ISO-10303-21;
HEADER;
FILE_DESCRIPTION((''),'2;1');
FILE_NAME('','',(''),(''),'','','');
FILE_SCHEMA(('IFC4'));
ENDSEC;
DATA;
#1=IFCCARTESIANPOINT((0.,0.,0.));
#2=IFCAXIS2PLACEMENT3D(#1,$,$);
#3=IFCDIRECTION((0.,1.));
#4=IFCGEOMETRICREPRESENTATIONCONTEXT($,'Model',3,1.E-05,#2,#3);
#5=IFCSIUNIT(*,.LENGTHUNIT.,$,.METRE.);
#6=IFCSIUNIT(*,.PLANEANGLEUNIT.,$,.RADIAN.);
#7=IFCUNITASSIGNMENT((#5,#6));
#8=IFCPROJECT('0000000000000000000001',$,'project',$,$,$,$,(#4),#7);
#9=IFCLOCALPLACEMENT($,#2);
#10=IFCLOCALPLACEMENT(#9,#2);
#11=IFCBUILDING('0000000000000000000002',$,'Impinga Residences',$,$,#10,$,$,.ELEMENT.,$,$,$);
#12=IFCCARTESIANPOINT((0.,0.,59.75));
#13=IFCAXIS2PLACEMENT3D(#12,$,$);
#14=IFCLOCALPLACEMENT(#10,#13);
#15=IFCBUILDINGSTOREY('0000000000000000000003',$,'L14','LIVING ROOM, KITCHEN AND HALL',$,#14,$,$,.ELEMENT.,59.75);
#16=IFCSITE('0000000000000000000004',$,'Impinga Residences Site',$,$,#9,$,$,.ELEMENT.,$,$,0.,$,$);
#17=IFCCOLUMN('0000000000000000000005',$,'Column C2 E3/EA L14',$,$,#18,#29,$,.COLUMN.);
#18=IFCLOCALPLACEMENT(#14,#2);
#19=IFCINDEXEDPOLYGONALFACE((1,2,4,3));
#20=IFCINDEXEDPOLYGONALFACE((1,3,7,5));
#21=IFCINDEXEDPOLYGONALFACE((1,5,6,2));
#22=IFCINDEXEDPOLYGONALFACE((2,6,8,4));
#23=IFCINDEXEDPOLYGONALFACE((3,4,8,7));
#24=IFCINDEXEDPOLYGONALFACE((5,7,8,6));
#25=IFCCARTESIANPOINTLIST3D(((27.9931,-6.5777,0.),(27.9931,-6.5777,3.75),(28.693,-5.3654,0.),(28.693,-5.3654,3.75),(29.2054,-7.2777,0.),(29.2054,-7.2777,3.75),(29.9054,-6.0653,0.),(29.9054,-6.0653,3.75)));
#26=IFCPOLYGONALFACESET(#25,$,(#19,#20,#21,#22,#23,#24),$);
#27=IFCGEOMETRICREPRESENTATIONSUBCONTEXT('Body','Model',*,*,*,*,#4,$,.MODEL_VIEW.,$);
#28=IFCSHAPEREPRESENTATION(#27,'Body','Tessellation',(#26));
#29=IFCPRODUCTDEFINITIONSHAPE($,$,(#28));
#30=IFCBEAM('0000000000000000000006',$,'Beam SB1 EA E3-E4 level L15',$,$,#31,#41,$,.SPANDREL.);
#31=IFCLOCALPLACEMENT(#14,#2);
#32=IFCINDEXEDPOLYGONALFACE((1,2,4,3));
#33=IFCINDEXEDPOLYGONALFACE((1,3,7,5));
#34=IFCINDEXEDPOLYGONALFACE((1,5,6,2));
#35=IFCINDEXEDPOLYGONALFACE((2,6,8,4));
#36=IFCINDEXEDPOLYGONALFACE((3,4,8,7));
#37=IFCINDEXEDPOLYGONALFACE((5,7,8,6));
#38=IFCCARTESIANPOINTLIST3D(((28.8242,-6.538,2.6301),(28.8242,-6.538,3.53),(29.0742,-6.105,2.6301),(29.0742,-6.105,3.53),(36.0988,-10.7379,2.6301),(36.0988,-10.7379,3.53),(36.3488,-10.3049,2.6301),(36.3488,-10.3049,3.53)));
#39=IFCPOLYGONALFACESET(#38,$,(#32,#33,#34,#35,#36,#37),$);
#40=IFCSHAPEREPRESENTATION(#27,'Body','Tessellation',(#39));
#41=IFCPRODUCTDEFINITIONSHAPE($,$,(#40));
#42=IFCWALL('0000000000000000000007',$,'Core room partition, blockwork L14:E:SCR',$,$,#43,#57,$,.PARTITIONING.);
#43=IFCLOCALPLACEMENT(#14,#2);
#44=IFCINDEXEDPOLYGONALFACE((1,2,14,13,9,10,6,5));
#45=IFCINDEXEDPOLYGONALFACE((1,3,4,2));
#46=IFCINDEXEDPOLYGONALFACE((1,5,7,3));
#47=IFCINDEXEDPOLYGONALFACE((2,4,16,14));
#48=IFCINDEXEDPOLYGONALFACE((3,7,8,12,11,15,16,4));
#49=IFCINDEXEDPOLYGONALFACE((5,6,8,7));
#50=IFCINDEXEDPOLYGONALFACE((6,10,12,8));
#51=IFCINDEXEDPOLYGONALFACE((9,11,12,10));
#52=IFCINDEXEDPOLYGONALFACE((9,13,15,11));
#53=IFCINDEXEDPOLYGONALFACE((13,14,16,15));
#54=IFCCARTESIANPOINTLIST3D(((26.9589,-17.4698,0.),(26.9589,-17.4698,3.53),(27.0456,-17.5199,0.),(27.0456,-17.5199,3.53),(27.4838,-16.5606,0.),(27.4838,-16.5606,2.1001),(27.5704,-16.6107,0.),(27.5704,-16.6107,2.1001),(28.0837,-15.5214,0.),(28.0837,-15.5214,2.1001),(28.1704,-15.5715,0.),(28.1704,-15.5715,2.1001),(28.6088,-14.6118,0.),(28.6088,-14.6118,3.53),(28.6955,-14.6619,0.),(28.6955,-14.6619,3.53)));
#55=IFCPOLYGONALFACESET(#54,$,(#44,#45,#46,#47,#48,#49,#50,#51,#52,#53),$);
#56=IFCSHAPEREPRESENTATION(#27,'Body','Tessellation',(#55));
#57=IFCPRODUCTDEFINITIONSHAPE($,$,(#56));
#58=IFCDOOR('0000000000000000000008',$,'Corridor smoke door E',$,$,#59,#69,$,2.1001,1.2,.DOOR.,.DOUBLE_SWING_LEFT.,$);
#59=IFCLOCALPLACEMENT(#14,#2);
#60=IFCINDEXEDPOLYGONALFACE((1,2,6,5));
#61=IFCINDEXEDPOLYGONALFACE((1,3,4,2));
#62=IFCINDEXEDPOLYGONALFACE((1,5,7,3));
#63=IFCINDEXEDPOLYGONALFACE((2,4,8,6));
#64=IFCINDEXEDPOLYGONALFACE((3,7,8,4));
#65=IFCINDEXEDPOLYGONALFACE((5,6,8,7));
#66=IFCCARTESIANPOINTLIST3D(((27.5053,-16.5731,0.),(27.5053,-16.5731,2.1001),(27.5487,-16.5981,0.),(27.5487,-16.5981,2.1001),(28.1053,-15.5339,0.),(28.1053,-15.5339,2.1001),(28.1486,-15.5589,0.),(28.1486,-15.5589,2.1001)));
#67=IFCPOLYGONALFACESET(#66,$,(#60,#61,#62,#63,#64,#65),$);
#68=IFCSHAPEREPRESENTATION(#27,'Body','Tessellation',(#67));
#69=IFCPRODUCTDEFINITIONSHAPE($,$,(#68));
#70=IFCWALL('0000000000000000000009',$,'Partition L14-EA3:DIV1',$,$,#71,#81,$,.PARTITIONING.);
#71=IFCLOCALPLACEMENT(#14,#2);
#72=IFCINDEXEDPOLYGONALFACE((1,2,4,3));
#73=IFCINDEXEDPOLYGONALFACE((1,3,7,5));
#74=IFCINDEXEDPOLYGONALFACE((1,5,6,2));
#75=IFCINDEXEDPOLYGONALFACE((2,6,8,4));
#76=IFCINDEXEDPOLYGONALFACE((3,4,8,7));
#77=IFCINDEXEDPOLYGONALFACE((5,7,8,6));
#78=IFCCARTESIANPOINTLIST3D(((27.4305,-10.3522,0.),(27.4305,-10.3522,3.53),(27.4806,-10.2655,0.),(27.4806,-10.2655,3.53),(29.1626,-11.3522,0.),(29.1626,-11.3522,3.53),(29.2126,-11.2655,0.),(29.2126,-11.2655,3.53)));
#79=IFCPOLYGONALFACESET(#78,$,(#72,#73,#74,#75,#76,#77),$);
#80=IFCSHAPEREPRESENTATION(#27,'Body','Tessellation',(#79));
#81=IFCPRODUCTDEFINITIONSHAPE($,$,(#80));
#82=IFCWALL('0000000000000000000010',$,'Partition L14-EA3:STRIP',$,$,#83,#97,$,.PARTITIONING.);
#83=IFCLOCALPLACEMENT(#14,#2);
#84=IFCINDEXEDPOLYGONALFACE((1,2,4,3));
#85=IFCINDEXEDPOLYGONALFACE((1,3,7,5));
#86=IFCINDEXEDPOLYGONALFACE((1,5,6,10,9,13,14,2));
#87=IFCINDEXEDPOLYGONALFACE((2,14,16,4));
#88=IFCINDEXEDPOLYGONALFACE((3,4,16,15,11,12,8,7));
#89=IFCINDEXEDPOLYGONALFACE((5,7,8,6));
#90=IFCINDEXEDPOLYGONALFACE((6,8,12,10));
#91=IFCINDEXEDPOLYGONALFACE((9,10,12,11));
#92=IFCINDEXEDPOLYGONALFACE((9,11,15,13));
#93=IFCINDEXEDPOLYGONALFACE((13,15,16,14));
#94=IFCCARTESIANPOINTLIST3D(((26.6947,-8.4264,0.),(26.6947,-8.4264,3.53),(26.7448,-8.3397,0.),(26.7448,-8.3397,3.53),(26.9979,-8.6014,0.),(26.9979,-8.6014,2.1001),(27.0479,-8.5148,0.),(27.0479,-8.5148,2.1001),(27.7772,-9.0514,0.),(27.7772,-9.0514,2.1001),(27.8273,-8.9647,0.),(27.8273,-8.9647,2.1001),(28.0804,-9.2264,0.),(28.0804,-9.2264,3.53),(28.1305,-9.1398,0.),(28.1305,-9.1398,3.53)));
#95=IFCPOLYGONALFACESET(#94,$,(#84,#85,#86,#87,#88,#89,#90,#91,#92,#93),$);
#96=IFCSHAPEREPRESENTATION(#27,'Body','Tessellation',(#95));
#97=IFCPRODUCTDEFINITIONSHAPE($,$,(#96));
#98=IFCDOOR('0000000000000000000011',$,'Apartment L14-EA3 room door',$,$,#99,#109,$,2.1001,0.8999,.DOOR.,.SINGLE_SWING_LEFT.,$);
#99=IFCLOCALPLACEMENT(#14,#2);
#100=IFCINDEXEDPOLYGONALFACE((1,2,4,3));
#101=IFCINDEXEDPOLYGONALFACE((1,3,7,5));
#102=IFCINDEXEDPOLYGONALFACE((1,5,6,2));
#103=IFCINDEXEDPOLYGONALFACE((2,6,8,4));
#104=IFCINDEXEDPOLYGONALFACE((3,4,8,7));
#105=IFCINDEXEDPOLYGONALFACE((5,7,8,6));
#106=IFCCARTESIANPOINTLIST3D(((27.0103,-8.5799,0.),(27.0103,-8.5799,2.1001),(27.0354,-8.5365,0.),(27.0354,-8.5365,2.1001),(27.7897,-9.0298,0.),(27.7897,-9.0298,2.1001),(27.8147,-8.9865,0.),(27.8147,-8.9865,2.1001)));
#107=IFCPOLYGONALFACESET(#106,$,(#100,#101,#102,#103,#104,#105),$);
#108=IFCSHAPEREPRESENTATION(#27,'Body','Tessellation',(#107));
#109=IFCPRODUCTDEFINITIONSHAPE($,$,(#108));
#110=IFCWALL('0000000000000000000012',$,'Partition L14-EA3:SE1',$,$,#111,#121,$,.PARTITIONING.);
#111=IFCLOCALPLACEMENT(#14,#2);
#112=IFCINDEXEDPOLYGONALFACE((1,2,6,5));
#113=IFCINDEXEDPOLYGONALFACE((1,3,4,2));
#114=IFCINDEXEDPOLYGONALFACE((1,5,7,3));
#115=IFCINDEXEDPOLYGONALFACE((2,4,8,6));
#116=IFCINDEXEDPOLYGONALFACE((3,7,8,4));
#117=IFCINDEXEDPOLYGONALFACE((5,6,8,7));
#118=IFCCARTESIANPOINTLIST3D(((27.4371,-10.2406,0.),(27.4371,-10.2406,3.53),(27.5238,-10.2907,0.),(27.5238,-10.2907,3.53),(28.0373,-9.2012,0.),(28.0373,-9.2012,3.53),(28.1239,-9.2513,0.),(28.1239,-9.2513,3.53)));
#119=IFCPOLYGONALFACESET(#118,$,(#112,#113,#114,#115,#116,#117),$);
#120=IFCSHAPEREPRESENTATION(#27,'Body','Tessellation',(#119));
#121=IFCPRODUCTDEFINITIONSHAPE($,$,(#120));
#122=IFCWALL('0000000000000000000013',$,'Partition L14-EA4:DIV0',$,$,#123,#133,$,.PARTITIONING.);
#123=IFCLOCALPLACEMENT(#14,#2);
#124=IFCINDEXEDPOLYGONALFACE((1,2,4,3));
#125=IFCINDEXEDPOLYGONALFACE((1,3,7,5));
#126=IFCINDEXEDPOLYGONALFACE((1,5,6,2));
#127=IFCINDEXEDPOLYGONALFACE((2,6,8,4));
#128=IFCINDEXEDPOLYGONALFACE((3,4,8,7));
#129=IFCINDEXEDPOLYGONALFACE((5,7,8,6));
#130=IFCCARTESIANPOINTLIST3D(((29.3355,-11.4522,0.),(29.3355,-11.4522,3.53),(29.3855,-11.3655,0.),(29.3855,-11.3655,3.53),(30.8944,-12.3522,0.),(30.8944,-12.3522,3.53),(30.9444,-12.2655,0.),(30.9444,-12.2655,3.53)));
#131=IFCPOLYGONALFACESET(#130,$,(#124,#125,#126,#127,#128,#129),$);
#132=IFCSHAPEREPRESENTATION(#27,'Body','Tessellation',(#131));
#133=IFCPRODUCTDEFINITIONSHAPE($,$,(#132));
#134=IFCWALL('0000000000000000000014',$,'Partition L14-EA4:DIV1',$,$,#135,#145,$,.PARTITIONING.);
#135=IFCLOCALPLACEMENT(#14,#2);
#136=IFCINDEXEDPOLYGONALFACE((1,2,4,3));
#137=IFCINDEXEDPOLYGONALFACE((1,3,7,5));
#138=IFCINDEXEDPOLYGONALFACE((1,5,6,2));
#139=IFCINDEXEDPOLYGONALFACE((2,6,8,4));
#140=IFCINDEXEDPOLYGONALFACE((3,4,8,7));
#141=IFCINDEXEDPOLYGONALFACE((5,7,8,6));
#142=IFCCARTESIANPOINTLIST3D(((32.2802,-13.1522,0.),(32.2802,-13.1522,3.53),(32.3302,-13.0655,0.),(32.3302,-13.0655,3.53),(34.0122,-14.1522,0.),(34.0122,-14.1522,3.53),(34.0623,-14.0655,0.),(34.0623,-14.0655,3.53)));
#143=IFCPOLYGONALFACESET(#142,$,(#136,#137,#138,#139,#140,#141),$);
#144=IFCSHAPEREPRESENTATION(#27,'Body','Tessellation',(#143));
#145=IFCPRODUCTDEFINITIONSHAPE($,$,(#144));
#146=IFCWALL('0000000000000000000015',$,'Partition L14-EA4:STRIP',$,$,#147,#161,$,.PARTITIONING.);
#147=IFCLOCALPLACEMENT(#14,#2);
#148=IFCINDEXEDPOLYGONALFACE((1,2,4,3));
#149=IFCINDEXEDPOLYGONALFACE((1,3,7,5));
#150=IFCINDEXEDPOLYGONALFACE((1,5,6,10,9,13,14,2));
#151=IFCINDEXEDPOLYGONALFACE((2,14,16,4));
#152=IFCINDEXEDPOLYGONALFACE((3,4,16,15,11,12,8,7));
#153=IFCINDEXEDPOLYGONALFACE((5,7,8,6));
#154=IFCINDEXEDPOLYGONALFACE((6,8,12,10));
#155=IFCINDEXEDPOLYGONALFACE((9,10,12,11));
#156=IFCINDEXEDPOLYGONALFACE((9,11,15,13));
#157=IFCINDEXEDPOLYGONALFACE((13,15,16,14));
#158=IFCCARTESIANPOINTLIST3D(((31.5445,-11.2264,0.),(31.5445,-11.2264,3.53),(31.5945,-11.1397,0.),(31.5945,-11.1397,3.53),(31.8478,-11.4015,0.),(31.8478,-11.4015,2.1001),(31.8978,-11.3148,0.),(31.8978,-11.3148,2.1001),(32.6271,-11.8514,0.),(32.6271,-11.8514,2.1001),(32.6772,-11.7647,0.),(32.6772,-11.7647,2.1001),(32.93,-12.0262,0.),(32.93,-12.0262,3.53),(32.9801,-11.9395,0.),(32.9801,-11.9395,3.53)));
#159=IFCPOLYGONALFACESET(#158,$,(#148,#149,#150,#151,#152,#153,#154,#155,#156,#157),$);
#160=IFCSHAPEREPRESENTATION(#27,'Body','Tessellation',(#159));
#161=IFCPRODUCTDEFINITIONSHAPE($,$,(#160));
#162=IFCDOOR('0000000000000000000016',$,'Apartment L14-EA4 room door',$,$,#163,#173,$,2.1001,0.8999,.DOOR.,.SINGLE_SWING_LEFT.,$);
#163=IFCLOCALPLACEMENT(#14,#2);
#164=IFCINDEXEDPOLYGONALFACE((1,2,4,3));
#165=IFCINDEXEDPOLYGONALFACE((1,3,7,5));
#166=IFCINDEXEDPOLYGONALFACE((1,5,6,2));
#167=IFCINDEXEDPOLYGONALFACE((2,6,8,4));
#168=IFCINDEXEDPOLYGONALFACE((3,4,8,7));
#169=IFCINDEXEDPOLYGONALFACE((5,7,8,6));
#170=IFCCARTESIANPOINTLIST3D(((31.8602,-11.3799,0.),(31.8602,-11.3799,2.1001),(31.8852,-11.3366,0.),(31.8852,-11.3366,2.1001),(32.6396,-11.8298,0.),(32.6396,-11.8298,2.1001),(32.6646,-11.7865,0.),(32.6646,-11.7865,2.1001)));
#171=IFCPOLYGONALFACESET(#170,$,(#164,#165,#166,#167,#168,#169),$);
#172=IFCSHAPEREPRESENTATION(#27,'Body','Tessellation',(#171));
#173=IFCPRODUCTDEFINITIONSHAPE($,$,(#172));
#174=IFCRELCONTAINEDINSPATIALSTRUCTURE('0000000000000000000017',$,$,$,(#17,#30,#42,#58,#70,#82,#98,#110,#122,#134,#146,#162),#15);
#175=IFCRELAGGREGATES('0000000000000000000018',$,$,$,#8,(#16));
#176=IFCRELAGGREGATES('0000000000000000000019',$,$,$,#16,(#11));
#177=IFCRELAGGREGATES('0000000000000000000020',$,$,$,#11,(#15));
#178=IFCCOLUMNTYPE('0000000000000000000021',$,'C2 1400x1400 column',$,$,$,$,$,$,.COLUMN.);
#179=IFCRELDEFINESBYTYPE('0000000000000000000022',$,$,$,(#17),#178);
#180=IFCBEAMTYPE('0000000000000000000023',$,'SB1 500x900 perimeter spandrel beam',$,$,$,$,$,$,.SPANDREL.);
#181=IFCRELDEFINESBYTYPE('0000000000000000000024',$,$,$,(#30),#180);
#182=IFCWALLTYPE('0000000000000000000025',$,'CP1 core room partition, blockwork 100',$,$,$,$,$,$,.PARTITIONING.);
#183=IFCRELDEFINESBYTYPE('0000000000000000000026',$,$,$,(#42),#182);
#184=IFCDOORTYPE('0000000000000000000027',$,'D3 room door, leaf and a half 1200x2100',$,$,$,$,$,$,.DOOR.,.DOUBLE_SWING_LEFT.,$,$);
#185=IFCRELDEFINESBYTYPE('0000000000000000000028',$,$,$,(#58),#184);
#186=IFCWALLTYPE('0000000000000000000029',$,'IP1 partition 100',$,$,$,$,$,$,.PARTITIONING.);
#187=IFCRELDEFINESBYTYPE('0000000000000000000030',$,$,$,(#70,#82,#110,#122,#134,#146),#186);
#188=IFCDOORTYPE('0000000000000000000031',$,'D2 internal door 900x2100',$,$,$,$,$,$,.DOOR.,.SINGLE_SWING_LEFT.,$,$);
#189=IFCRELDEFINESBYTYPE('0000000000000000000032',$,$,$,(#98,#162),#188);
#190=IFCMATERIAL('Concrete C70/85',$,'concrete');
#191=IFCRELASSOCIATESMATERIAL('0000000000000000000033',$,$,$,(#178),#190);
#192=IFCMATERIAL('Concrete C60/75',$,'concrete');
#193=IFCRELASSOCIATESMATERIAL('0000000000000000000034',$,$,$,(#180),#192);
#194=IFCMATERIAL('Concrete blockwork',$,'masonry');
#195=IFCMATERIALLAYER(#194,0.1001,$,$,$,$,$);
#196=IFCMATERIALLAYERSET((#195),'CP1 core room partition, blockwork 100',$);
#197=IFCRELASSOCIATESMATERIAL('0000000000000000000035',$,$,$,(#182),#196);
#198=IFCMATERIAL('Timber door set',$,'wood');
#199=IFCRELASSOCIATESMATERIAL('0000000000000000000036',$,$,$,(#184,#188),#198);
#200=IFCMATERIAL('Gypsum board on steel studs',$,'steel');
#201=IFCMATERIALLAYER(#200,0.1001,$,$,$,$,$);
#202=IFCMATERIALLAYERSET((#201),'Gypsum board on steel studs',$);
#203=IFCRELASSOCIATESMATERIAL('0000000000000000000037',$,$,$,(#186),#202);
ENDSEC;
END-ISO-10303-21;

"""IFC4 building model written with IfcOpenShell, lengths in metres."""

from ifc_helpers import new_model, si_unit, direction, frame, frame_2d, origin, origin_2d, place, context, subcontext, project, spatial, rectangle, extrude, material, layer, layer_set, material_profile, profile_set, type_object, element, fill, save


model = new_model("IFC4")

# Units and contexts
model_context = context("Model", 3, precision=1e-05, world=origin(), true_north=direction((0.0, 1.0)))
body_context = subcontext(model_context, "Body", "Model", "MODEL_VIEW")
ifc_project = project(units=[si_unit("LENGTHUNIT", "METRE"), si_unit("PLANEANGLEUNIT", "RADIAN")], contexts=[model_context])

# Site, building, storey
site_placement = place(None, origin())
site = spatial("IfcSite", under=ifc_project, at=site_placement, Name="Impinga Residences Site", CompositionType="ELEMENT", RefElevation=0.0)
building_placement = place(site_placement, origin())
building = spatial("IfcBuilding", under=site, at=building_placement, Name="Impinga Residences", CompositionType="ELEMENT")
storey_placement = place(building_placement, frame((0.0, 0.0, 59.75)))
storey = spatial("IfcBuildingStorey", under=building, at=storey_placement, Name="L14", Description="LIVING ROOM, KITCHEN AND HALL", CompositionType="ELEMENT", Elevation=59.75)

# Column
ifc_material_1 = material(Name="Concrete C70/85", Category="concrete")
ifc_material_profile_1 = material_profile(ifc_material_1, rectangle(XDim=1.3999, YDim=1.3999, at=origin_2d()), Name="RC 1400x1400")
ifc_profile_set_1 = profile_set([ifc_material_profile_1], Name="Concrete C70/85")
column_type = type_object("IfcColumnType", Name="C2 1400x1400 column", PredefinedType="COLUMN", material=ifc_profile_set_1)
column_placement = place(storey_placement, frame((28.9492, -6.3215, 0.0), z_axis=(0.0, 0.0, 1.0), x_axis=(-0.5, -0.866025, 0.0)))
element("IfcColumn", 1, at=column_placement, inside=storey, type_object=column_type, Name="Column C2 E3/EA L14", PredefinedType="COLUMN", context=body_context, shape_type="SweptSolid", body=[
    extrude(rectangle(XDim=1.3999, YDim=1.3999, at=origin_2d()), origin(), (0.0, 0.0, 1.0), 3.75),
])

# Beam
ifc_material_2 = material(Name="Concrete C60/75", Category="concrete")
ifc_material_profile_2 = material_profile(ifc_material_2, rectangle(XDim=0.5, YDim=0.8999, at=origin_2d()), Name="RC 500x900")
ifc_profile_set_2 = profile_set([ifc_material_profile_2], Name="Concrete C60/75")
beam_type = type_object("IfcBeamType", Name="SB1 500x900 perimeter spandrel beam", PredefinedType="SPANDREL", material=ifc_profile_set_2)
beam_placement = place(storey_placement, frame((28.9492, -6.3215, 3.0801), z_axis=(0.866029, -0.499993, 0.0), x_axis=(0.499993, 0.866029, 0.0)))
element("IfcBeam", 2, at=beam_placement, inside=storey, type_object=beam_type, Name="Beam SB1 EA E3-E4 level L15", PredefinedType="SPANDREL", context=body_context, shape_type="SweptSolid", body=[
    extrude(rectangle(XDim=0.5, YDim=0.8999, at=origin_2d()), origin(), (0.0, 0.0, 1.0), 8.3999),
])

# Wall, opening, door
ifc_material_3 = material(Name="Concrete blockwork", Category="masonry")
ifc_layer_1 = layer(ifc_material_3, 0.1001)
ifc_layer_set_1 = layer_set([ifc_layer_1], Name="CP1 core room partition, blockwork 100")
wall_type_1 = type_object("IfcWallType", Name="CP1 core room partition, blockwork 100", PredefinedType="PARTITIONING", material=ifc_layer_set_1)
wall_1_placement = place(storey_placement, frame((28.6521, -14.637, 0.0), z_axis=(0.0, 0.0, 1.0), x_axis=(-0.499974, -0.86604, 0.0)))
wall_1 = element("IfcWall", 3, at=wall_1_placement, inside=storey, type_object=wall_type_1, Name="Core room partition, blockwork L14:E:SCR", PredefinedType="PARTITIONING", context=body_context, shape_type="SweptSolid", body=[
    extrude(rectangle(XDim=3.3, YDim=0.1001, at=frame_2d((1.6499, 0.0))), origin(), (0.0, 0.0, 1.0), 3.53),
])
opening_1_placement = place(wall_1_placement, frame((1.05, 0.0, 0.0)))
opening_1 = element("IfcOpeningElement", 4, at=opening_1_placement, cuts=wall_1, PredefinedType="OPENING", context=body_context, shape_type="SweptSolid", body=[
    extrude(rectangle(XDim=1.2, YDim=2.1001, at=frame_2d((0.6001, 1.05))), frame((0.0, 0.0601, 0.0), z_axis=(0.0, -1.0, 0.0), x_axis=(1.0, 0.0, 0.0)), (0.0, 0.0, 1.0), 0.1201),
])
ifc_material_4 = material(Name="Timber door set", Category="wood")
door_type_1 = type_object("IfcDoorType", Name="D3 room door, leaf and a half 1200x2100", OperationType="DOUBLE_SWING_LEFT", PredefinedType="DOOR", material=ifc_material_4)
door_1_placement = place(opening_1_placement, origin())
door_1 = element("IfcDoor", 5, at=door_1_placement, inside=storey, type_object=door_type_1, Name="Corridor smoke door E", OperationType="DOUBLE_SWING_LEFT", OverallHeight=2.1001, OverallWidth=1.2, PredefinedType="DOOR", context=body_context, shape_type="SweptSolid", body=[
    extrude(rectangle(XDim=1.2, YDim=2.1001, at=frame_2d((0.6001, 1.05))), frame((0.0, 0.0249, 0.0), z_axis=(0.0, -1.0, 0.0), x_axis=(1.0, 0.0, 0.0)), (0.0, 0.0, 1.0), 0.05),
])
fill(opening_1, door_1)

# Wall
ifc_material_5 = material(Name="Gypsum board on steel studs", Category="steel")
ifc_layer_2 = layer(ifc_material_5, 0.1001)
ifc_layer_set_2 = layer_set([ifc_layer_2], Name="Gypsum board on steel studs")
wall_type_2 = type_object("IfcWallType", Name="IP1 partition 100", PredefinedType="PARTITIONING", material=ifc_layer_set_2)
wall_2_placement = place(storey_placement, frame((27.4556, -10.3088, 0.0), z_axis=(0.0, 0.0, 1.0), x_axis=(0.866011, -0.500025, 0.0)))
element("IfcWall", 6, at=wall_2_placement, inside=storey, type_object=wall_type_2, Name="Partition L14-EA3:DIV1", PredefinedType="PARTITIONING", context=body_context, shape_type="SweptSolid", body=[
    extrude(rectangle(XDim=2.0, YDim=0.1001, at=frame_2d((1.0, 0.0))), origin(), (0.0, 0.0, 1.0), 3.53),
])

# Wall, opening, door
wall_3_placement = place(storey_placement, frame((26.7197, -8.3831, 0.0), z_axis=(0.0, 0.0, 1.0), x_axis=(0.866028, -0.499995, 0.0)))
wall_3 = element("IfcWall", 7, at=wall_3_placement, inside=storey, type_object=wall_type_2, Name="Partition L14-EA3:STRIP", PredefinedType="PARTITIONING", context=body_context, shape_type="SweptSolid", body=[
    extrude(rectangle(XDim=1.6001, YDim=0.1001, at=frame_2d((0.8, 0.0))), origin(), (0.0, 0.0, 1.0), 3.53),
])
opening_2_placement = place(wall_3_placement, frame((0.3501, 0.0, 0.0)))
opening_2 = element("IfcOpeningElement", 8, at=opening_2_placement, cuts=wall_3, PredefinedType="OPENING", context=body_context, shape_type="SweptSolid", body=[
    extrude(rectangle(XDim=0.8999, YDim=2.1001, at=frame_2d((0.45, 1.05))), frame((0.0, 0.0601, 0.0), z_axis=(0.0, -1.0, 0.0), x_axis=(1.0, 0.0, 0.0)), (0.0, 0.0, 1.0), 0.1201),
])
door_type_2 = type_object("IfcDoorType", Name="D2 internal door 900x2100", OperationType="SINGLE_SWING_LEFT", PredefinedType="DOOR", material=ifc_material_4)
door_2_placement = place(opening_2_placement, origin())
door_2 = element("IfcDoor", 9, at=door_2_placement, inside=storey, type_object=door_type_2, Name="Apartment L14-EA3 room door", OperationType="SINGLE_SWING_LEFT", OverallHeight=2.1001, OverallWidth=0.8999, PredefinedType="DOOR", context=body_context, shape_type="SweptSolid", body=[
    extrude(rectangle(XDim=0.8999, YDim=2.1001, at=frame_2d((0.45, 1.05))), frame((0.0, 0.0249, 0.0), z_axis=(0.0, -1.0, 0.0), x_axis=(1.0, 0.0, 0.0)), (0.0, 0.0, 1.0), 0.05),
])
fill(opening_2, door_2)

# Walls
wall_4_placement = place(storey_placement, frame((27.4805, -10.2656, 0.0), z_axis=(0.0, 0.0, 1.0), x_axis=(0.500034, 0.866006, 0.0)))
element("IfcWall", 10, at=wall_4_placement, inside=storey, type_object=wall_type_2, Name="Partition L14-EA3:SE1", PredefinedType="PARTITIONING", context=body_context, shape_type="SweptSolid", body=[
    extrude(rectangle(XDim=1.2002, YDim=0.1001, at=frame_2d((0.6001, 0.0))), origin(), (0.0, 0.0, 1.0), 3.53),
])
wall_5_placement = place(storey_placement, frame((29.3606, -11.4089, 0.0), z_axis=(0.0, 0.0, 1.0), x_axis=(0.866048, -0.499961, 0.0)))
element("IfcWall", 11, at=wall_5_placement, inside=storey, type_object=wall_type_2, Name="Partition L14-EA4:DIV0", PredefinedType="PARTITIONING", context=body_context, shape_type="SweptSolid", body=[
    extrude(rectangle(XDim=1.8, YDim=0.1001, at=frame_2d((0.8999, 0.0))), origin(), (0.0, 0.0, 1.0), 3.53),
])
wall_6_placement = place(storey_placement, frame((32.3052, -13.1089, 0.0), z_axis=(0.0, 0.0, 1.0), x_axis=(0.866041, -0.499973, 0.0)))
element("IfcWall", 12, at=wall_6_placement, inside=storey, type_object=wall_type_2, Name="Partition L14-EA4:DIV1", PredefinedType="PARTITIONING", context=body_context, shape_type="SweptSolid", body=[
    extrude(rectangle(XDim=2.0, YDim=0.1001, at=frame_2d((1.0, 0.0))), origin(), (0.0, 0.0, 1.0), 3.53),
])

# Wall, opening, door
wall_7_placement = place(storey_placement, frame((31.5696, -11.1831, 0.0), z_axis=(0.0, 0.0, 1.0), x_axis=(0.866056, -0.499947, 0.0)))
wall_7 = element("IfcWall", 13, at=wall_7_placement, inside=storey, type_object=wall_type_2, Name="Partition L14-EA4:STRIP", PredefinedType="PARTITIONING", context=body_context, shape_type="SweptSolid", body=[
    extrude(rectangle(XDim=1.5999, YDim=0.1001, at=frame_2d((0.7998, 0.0))), origin(), (0.0, 0.0, 1.0), 3.53),
])
opening_3_placement = place(wall_7_placement, frame((0.3501, 0.0, 0.0)))
opening_3 = element("IfcOpeningElement", 14, at=opening_3_placement, cuts=wall_7, PredefinedType="OPENING", context=body_context, shape_type="SweptSolid", body=[
    extrude(rectangle(XDim=0.8999, YDim=2.1001, at=frame_2d((0.45, 1.05))), frame((0.0, 0.0601, 0.0), z_axis=(0.0, -1.0, 0.0), x_axis=(1.0, 0.0, 0.0)), (0.0, 0.0, 1.0), 0.1201),
])
door_3_placement = place(opening_3_placement, origin())
door_3 = element("IfcDoor", 15, at=door_3_placement, inside=storey, type_object=door_type_2, Name="Apartment L14-EA4 room door", OperationType="SINGLE_SWING_LEFT", OverallHeight=2.1001, OverallWidth=0.8999, PredefinedType="DOOR", context=body_context, shape_type="SweptSolid", body=[
    extrude(rectangle(XDim=0.8999, YDim=2.1001, at=frame_2d((0.45, 1.05))), frame((0.0, 0.0249, 0.0), z_axis=(0.0, -1.0, 0.0), x_axis=(1.0, 0.0, 0.0)), (0.0, 0.0, 1.0), 0.05),
])
fill(opening_3, door_3)

save(model, "model.ifc")
